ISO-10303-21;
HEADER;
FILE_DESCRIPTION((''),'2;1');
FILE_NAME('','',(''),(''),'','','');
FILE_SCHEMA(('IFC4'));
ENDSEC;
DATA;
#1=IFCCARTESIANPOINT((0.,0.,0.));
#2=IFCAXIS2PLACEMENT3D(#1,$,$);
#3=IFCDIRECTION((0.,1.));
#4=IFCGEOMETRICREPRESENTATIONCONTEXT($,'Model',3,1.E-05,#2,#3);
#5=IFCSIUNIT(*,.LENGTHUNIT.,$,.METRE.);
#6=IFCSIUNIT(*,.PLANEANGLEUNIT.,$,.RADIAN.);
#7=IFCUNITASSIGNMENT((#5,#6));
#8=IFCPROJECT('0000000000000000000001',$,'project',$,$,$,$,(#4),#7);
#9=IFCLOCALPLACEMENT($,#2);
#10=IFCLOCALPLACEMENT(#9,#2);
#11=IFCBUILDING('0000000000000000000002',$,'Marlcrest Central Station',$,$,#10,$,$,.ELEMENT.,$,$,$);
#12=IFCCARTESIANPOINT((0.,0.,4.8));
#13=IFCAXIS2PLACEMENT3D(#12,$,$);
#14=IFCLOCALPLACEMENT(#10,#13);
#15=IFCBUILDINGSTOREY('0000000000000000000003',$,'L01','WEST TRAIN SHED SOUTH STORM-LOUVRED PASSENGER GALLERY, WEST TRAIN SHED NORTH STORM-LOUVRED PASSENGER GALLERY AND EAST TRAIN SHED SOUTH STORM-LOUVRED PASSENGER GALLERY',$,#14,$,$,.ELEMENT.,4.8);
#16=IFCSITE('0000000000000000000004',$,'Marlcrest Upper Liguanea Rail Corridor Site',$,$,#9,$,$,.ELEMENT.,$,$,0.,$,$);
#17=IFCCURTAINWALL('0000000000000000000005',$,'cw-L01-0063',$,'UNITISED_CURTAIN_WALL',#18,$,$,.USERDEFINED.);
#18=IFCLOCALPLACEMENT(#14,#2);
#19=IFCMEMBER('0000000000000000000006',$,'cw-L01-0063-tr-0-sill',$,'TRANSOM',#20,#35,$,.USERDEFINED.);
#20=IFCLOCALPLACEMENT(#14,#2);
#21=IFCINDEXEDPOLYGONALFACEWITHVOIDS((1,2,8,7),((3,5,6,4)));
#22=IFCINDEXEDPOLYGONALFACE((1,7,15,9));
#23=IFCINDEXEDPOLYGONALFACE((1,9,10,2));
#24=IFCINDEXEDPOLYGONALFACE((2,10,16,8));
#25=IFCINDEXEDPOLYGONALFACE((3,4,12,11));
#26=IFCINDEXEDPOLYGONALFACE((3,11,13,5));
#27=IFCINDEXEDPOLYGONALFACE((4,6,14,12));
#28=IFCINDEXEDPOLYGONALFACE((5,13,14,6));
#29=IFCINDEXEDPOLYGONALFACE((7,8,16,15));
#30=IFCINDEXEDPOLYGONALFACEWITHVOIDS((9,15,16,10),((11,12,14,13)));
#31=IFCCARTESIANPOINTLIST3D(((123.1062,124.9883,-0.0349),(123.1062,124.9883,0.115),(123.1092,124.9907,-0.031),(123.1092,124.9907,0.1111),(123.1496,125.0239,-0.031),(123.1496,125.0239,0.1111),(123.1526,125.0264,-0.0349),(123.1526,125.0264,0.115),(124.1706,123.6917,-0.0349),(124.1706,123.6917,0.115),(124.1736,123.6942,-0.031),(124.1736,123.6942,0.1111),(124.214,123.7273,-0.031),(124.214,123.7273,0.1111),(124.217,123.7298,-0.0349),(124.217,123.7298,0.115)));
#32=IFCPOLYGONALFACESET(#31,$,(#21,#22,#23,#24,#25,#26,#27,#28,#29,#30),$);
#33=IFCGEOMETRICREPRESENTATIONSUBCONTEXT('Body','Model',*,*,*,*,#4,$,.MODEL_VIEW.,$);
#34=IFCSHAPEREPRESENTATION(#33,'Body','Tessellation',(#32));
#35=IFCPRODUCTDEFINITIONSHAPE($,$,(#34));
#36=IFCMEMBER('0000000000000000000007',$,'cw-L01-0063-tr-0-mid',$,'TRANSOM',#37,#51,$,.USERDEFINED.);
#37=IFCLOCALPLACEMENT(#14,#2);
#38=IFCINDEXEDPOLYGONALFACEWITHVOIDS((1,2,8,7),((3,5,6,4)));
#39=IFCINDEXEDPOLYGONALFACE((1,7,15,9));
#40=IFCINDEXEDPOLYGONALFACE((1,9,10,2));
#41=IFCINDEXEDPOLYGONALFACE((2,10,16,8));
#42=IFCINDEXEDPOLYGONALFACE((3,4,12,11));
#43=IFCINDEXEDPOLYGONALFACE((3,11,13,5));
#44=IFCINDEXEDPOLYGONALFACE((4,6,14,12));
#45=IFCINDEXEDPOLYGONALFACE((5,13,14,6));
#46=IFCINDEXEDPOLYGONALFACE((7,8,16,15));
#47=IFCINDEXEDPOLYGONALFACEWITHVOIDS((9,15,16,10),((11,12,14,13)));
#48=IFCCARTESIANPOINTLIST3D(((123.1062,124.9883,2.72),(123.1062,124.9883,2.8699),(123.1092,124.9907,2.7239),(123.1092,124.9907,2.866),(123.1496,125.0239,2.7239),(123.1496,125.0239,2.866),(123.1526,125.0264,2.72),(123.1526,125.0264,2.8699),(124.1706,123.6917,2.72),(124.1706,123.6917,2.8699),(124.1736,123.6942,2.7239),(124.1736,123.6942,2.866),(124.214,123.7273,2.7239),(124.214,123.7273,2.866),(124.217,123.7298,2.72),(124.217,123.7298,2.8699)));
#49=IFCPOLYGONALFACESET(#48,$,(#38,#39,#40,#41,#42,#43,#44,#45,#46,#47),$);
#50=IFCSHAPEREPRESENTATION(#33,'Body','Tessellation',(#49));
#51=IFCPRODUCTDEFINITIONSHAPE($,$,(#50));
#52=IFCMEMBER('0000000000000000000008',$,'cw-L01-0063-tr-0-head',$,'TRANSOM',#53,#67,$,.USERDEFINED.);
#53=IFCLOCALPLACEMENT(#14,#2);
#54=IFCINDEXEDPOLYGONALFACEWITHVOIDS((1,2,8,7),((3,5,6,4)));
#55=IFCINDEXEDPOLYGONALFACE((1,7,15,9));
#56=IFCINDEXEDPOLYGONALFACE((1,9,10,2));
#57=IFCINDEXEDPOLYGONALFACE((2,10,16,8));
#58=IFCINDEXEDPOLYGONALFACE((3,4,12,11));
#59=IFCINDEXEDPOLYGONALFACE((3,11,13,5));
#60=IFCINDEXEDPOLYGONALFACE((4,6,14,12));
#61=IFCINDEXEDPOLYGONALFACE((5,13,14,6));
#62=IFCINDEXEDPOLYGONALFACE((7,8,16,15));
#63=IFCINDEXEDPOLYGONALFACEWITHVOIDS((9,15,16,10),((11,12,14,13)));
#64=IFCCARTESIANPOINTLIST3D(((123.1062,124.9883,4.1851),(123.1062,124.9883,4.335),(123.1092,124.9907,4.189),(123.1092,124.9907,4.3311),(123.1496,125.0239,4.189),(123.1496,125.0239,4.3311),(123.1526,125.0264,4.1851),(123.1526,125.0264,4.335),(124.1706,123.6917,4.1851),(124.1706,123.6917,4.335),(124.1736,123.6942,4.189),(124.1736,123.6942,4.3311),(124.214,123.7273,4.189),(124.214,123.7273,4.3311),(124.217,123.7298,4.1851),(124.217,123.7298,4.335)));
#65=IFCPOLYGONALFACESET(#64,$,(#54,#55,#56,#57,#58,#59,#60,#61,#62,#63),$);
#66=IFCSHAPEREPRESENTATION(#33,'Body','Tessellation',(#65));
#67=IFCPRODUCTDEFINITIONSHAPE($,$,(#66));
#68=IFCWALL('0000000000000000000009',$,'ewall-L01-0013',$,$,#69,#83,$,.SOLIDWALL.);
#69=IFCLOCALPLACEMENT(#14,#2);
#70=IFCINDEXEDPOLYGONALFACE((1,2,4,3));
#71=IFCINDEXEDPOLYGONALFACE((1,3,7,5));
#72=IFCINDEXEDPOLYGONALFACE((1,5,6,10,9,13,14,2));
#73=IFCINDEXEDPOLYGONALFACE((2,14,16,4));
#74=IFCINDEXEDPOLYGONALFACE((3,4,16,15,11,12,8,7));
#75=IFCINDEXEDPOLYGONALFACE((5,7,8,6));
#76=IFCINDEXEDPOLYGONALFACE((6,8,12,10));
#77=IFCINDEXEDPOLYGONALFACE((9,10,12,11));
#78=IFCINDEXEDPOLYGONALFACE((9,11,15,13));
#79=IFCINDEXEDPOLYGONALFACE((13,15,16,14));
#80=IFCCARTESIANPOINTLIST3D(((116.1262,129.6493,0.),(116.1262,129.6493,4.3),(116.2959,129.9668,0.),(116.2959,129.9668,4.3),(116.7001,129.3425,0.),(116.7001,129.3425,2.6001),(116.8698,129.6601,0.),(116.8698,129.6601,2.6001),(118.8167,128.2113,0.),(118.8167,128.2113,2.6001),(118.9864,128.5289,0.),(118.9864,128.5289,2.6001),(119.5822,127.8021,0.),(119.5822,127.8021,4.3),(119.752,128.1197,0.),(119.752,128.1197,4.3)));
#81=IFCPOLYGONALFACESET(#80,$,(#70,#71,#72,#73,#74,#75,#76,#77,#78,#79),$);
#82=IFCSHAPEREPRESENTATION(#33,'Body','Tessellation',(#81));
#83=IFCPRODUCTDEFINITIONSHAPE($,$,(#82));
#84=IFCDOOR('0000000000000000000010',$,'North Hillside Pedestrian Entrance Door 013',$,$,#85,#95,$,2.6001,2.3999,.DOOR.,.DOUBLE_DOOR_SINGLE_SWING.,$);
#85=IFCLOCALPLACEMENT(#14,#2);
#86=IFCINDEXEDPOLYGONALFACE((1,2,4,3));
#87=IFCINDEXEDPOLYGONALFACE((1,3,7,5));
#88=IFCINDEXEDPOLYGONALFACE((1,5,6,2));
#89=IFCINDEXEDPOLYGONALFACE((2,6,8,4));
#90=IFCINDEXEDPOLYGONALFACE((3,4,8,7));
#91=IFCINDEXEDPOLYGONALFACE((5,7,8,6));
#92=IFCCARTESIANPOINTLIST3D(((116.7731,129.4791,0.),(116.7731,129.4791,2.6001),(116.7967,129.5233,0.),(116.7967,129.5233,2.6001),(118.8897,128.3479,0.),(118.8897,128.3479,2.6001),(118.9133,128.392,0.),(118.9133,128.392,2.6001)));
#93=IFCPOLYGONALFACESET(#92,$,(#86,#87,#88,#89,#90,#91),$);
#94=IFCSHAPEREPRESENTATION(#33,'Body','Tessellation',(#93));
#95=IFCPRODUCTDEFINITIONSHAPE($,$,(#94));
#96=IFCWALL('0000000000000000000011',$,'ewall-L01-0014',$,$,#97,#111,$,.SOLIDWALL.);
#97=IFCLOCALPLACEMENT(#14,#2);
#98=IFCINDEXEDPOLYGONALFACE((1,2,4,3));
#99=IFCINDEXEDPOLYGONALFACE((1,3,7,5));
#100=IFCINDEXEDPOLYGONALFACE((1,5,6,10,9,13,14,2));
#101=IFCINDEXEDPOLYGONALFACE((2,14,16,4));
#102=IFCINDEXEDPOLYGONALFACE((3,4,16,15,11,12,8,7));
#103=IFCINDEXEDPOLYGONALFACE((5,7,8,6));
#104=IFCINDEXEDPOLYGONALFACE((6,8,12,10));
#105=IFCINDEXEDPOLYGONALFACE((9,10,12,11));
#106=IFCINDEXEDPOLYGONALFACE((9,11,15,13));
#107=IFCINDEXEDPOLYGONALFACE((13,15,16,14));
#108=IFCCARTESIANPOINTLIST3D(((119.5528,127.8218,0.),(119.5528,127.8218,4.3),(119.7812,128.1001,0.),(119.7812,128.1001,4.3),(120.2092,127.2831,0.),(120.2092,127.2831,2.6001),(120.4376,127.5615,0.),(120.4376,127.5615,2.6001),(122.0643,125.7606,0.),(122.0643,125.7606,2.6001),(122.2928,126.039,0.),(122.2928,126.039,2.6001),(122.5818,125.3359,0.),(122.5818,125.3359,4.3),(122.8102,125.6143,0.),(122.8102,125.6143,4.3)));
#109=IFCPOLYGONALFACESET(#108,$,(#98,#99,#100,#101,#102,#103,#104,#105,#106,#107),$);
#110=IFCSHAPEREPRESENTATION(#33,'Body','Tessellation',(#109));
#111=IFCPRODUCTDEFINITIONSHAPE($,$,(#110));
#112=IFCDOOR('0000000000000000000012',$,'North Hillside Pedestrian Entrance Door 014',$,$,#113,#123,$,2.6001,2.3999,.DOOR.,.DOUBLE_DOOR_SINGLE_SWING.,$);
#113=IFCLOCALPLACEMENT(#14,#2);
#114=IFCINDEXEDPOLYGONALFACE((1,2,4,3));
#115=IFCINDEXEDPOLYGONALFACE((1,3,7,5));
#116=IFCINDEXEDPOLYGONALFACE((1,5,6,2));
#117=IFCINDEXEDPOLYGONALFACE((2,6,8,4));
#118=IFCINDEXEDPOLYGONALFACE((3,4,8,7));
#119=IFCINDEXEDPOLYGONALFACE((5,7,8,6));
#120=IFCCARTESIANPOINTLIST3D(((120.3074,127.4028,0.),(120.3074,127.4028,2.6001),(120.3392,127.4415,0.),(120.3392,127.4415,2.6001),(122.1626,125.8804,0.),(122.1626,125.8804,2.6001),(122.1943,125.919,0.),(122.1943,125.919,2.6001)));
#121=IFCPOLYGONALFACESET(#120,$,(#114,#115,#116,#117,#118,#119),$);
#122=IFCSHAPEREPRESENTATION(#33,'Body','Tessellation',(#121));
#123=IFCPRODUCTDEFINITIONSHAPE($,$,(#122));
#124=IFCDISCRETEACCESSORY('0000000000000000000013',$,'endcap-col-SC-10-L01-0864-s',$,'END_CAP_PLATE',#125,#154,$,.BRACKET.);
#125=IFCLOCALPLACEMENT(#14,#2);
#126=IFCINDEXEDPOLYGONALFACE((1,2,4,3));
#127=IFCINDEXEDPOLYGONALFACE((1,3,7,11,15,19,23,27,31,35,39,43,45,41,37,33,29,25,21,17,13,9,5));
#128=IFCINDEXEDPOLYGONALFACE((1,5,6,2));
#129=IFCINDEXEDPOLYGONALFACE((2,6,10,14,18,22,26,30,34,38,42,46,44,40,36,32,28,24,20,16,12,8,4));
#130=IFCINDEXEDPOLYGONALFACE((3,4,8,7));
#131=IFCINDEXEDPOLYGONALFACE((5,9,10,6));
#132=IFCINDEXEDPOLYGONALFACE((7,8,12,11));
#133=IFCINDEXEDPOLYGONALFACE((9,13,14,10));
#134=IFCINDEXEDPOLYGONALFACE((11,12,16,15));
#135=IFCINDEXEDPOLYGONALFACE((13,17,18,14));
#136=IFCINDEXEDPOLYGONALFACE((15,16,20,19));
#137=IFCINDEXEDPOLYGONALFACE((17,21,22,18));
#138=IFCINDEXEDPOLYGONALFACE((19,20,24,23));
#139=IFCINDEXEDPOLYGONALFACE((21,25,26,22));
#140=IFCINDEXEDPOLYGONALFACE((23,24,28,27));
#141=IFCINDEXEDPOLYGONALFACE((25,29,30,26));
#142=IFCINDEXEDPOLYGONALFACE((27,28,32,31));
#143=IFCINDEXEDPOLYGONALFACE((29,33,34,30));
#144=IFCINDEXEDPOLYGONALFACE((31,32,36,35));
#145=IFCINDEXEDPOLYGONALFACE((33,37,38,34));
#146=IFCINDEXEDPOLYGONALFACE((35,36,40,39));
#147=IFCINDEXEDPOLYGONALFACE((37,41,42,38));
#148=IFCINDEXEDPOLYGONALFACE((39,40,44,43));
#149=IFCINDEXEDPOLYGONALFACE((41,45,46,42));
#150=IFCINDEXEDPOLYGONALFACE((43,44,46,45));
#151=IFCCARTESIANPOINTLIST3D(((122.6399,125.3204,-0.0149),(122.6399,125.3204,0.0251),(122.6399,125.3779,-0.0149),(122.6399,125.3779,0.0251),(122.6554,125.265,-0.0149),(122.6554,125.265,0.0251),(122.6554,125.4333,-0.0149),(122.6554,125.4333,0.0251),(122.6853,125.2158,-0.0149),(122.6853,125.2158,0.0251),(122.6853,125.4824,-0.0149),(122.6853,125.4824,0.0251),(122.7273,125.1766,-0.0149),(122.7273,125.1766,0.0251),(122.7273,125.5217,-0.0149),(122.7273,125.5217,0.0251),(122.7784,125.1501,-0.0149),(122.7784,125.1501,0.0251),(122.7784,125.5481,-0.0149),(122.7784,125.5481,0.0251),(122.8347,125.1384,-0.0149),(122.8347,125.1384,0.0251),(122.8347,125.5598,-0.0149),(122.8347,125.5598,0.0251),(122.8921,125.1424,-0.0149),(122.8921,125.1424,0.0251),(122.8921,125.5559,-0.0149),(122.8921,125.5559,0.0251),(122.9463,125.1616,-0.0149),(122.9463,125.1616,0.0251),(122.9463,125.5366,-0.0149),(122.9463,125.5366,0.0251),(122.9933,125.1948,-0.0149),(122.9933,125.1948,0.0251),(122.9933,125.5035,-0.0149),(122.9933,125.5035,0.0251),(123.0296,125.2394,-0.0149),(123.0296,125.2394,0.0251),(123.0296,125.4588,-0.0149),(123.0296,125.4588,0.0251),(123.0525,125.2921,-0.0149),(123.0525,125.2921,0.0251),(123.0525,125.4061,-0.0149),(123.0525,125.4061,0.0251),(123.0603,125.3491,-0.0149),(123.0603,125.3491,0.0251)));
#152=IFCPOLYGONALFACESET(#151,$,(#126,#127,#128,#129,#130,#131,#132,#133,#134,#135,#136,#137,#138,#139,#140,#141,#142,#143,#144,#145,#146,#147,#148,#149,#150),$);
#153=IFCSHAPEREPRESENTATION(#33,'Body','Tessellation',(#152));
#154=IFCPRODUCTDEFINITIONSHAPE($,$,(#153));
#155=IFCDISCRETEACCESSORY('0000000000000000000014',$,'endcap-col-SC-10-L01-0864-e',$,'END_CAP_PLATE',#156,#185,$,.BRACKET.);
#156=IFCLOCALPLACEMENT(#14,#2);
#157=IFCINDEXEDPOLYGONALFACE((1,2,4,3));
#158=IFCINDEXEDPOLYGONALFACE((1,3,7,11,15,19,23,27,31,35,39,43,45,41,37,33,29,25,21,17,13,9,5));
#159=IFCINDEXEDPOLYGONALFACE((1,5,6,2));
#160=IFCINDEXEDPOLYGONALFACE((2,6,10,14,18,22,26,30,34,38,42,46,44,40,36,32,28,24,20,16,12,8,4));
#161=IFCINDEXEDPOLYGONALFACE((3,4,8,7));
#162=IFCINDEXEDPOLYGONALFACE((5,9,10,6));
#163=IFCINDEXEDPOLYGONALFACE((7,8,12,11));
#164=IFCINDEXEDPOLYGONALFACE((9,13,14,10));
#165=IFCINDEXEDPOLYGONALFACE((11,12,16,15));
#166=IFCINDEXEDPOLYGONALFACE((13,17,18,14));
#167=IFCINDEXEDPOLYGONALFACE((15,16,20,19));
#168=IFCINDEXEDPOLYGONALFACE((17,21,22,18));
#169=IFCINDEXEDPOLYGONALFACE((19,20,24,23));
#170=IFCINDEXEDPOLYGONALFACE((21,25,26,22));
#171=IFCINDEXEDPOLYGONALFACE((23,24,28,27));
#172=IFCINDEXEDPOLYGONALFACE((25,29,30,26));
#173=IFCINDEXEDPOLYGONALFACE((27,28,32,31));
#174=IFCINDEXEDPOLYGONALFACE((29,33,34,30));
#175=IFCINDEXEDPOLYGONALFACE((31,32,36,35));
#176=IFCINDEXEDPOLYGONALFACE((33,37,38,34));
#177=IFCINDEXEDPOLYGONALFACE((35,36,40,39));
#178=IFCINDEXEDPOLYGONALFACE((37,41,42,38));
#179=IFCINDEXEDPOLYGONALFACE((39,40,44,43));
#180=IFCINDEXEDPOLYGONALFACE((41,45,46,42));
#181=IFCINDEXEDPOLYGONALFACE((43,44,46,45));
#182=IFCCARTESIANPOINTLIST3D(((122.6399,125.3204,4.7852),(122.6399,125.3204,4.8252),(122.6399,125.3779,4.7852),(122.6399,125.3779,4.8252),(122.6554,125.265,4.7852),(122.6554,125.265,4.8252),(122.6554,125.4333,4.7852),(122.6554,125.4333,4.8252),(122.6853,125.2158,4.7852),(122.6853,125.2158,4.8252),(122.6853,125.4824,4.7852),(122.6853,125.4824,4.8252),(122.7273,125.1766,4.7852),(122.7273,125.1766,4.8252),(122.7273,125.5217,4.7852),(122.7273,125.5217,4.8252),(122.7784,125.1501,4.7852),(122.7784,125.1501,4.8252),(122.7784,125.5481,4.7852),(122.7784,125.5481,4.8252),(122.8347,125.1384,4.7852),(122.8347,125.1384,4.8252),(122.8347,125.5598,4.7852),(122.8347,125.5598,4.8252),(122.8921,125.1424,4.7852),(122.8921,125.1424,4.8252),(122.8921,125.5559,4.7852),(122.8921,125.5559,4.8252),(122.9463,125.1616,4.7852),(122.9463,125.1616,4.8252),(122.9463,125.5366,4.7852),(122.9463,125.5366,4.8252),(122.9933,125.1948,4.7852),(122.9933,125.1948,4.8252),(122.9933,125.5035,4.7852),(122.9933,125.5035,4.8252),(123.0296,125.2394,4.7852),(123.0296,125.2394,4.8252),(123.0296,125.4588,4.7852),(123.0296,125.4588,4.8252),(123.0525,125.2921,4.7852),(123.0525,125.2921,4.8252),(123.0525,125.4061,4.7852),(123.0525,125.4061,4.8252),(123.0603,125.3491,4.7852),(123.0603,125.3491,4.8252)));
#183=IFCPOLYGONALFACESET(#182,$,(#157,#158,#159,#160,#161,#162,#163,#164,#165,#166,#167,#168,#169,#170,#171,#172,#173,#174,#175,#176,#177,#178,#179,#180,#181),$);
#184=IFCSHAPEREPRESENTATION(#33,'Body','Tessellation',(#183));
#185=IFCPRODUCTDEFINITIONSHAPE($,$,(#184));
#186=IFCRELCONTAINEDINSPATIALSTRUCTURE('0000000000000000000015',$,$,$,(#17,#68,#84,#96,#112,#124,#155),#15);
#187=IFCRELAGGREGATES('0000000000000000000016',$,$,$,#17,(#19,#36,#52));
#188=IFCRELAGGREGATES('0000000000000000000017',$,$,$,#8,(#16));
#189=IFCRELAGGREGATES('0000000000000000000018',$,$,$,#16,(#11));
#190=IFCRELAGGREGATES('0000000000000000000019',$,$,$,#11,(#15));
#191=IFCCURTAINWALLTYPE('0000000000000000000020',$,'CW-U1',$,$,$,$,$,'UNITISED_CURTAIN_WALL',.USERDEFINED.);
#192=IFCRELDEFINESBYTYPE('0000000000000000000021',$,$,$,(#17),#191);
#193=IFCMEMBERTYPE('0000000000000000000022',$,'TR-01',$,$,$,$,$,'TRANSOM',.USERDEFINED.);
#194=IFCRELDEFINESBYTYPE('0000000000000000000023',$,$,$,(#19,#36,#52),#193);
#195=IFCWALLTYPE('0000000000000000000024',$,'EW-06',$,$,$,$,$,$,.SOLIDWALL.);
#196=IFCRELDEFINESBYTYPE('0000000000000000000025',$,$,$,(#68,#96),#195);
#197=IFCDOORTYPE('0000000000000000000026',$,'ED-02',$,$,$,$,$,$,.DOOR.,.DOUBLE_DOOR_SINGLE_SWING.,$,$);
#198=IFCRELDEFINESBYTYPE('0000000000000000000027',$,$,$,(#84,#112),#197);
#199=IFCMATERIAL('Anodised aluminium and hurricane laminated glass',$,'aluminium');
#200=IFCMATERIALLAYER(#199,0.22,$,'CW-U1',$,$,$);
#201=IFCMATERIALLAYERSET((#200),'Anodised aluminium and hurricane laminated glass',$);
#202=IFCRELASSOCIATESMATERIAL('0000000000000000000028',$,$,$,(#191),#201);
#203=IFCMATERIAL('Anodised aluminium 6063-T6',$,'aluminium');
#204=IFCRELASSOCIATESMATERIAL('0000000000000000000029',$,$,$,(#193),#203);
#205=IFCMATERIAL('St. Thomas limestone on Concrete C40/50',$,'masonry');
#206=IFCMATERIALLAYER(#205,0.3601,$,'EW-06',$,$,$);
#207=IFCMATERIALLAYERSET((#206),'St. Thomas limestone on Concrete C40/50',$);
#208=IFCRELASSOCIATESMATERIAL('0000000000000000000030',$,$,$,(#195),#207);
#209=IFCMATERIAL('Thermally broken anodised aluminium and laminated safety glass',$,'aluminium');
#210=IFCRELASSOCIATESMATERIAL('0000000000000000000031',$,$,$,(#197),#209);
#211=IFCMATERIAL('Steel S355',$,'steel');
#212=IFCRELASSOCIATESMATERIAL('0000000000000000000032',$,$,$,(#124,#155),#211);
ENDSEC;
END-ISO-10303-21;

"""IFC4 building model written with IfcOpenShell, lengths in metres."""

from ifc_helpers import new_model, si_unit, direction, frame, frame_2d, origin, origin_2d, place, context, subcontext, project, spatial, rectangle, hollow_rectangle, circle, extrude, material, layer, layer_set, material_profile, profile_set, type_object, element, fill, aggregate, save


model = new_model("IFC4")

# Units and contexts
model_context = context("Model", 3, precision=1e-05, world=origin(), true_north=direction((0.0, 1.0)))
body_context = subcontext(model_context, "Body", "Model", "MODEL_VIEW")
ifc_project = project(units=[si_unit("LENGTHUNIT", "METRE"), si_unit("PLANEANGLEUNIT", "RADIAN")], contexts=[model_context])

# Site, building, storey
site_placement = place(None, origin())
site = spatial("IfcSite", under=ifc_project, at=site_placement, Name="Marlcrest Upper Liguanea Rail Corridor Site", CompositionType="ELEMENT", RefElevation=0.0)
building_placement = place(site_placement, origin())
building = spatial("IfcBuilding", under=site, at=building_placement, Name="Marlcrest Central Station", CompositionType="ELEMENT")
storey_placement = place(building_placement, frame((0.0, 0.0, 4.8)))
storey = spatial("IfcBuildingStorey", under=building, at=storey_placement, Name="L01", Description="WEST TRAIN SHED SOUTH STORM-LOUVRED PASSENGER GALLERY, WEST TRAIN SHED NORTH STORM-LOUVRED PASSENGER GALLERY AND EAST TRAIN SHED SOUTH STORM-LOUVRED PASSENGER GALLERY", CompositionType="ELEMENT", Elevation=4.8)

# Shared definitions
ifc_material_1 = material(Name="Steel S355", Category="steel")

# Curtain wall
ifc_material_2 = material(Name="Anodised aluminium and hurricane laminated glass", Category="aluminium")
ifc_layer_1 = layer(ifc_material_2, 0.22, Name="CW-U1")
ifc_layer_set_1 = layer_set([ifc_layer_1], Name="Anodised aluminium and hurricane laminated glass")
curtain_wall_type = type_object("IfcCurtainWallType", Name="CW-U1", ElementType="UNITISED_CURTAIN_WALL", PredefinedType="USERDEFINED", material=ifc_layer_set_1)
curtain_wall_placement = place(storey_placement, origin())
curtain_wall = element("IfcCurtainWall", 1, at=curtain_wall_placement, inside=storey, type_object=curtain_wall_type, Name="cw-L01-0063", ObjectType="UNITISED_CURTAIN_WALL", PredefinedType="USERDEFINED")
ifc_material_3 = material(Name="Anodised aluminium 6063-T6", Category="aluminium")

# Members
ifc_material_profile_1 = material_profile(ifc_material_3, hollow_rectangle(XDim=0.0601, YDim=0.1499, WallThickness=0.0039, at=origin_2d()), Name="AA-RHS 150x60x4")
ifc_profile_set_1 = profile_set([ifc_material_profile_1], Name="Anodised aluminium 6063-T6")
member_type_1 = type_object("IfcMemberType", Name="TR-01", ElementType="TRANSOM", PredefinedType="USERDEFINED", material=ifc_profile_set_1)
member_1_placement = place(storey_placement, frame((123.1294, 125.0073, 0.04), z_axis=(0.634513, -0.772912, 0.0), x_axis=(0.772912, 0.634513, 0.0)))
member_1 = element("IfcMember", 2, at=member_1_placement, type_object=member_type_1, Name="cw-L01-0063-tr-0-sill", ObjectType="TRANSOM", PredefinedType="USERDEFINED", context=body_context, shape_type="SweptSolid", body=[
    extrude(hollow_rectangle(XDim=0.0601, YDim=0.1499, WallThickness=0.0039, at=origin_2d()), origin(), (0.0, 0.0, 1.0), 1.6775),
])
member_2_placement = place(storey_placement, frame((123.1294, 125.0073, 2.7949), z_axis=(0.634513, -0.772912, 0.0), x_axis=(0.772912, 0.634513, 0.0)))
member_2 = element("IfcMember", 3, at=member_2_placement, type_object=member_type_1, Name="cw-L01-0063-tr-0-mid", ObjectType="TRANSOM", PredefinedType="USERDEFINED", context=body_context, shape_type="SweptSolid", body=[
    extrude(hollow_rectangle(XDim=0.0601, YDim=0.1499, WallThickness=0.0039, at=origin_2d()), origin(), (0.0, 0.0, 1.0), 1.6775),
])
member_3_placement = place(storey_placement, frame((123.1294, 125.0073, 4.26), z_axis=(0.634513, -0.772912, 0.0), x_axis=(0.772912, 0.634513, 0.0)))
member_3 = element("IfcMember", 4, at=member_3_placement, type_object=member_type_1, Name="cw-L01-0063-tr-0-head", ObjectType="TRANSOM", PredefinedType="USERDEFINED", context=body_context, shape_type="SweptSolid", body=[
    extrude(hollow_rectangle(XDim=0.0601, YDim=0.1499, WallThickness=0.0039, at=origin_2d()), origin(), (0.0, 0.0, 1.0), 1.6775),
])
aggregate(curtain_wall, [member_1, member_2, member_3])

# Walls, openings, doors
ifc_material_4 = material(Name="St. Thomas limestone on Concrete C40/50", Category="masonry")
ifc_layer_2 = layer(ifc_material_4, 0.3601, Name="EW-06")
ifc_layer_set_2 = layer_set([ifc_layer_2], Name="St. Thomas limestone on Concrete C40/50")
wall_type = type_object("IfcWallType", Name="EW-06", PredefinedType="SOLIDWALL", material=ifc_layer_set_2)
wall_1_placement = place(storey_placement, frame((116.2109, 129.8081, 0.0), z_axis=(0.0, 0.0, 1.0), x_axis=(0.881935, -0.471371, 0.0)))
wall_1 = element("IfcWall", 5, at=wall_1_placement, inside=storey, type_object=wall_type, Name="ewall-L01-0013", PredefinedType="SOLIDWALL", context=body_context, shape_type="SweptSolid", body=[
    extrude(rectangle(XDim=3.9187, YDim=0.3601, at=frame_2d((1.9595, 0.0))), origin(), (0.0, 0.0, 1.0), 4.3),
])
opening_1_placement = place(wall_1_placement, frame((0.6509, 0.0, 0.0)))
opening_1 = element("IfcOpeningElement", 6, at=opening_1_placement, cuts=wall_1, PredefinedType="OPENING", context=body_context, shape_type="SweptSolid", body=[
    extrude(rectangle(XDim=2.3999, YDim=2.6001, at=frame_2d((1.2, 1.3))), frame((0.0, 0.1899, 0.0), z_axis=(0.0, -1.0, 0.0), x_axis=(1.0, 0.0, 0.0)), (0.0, 0.0, 1.0), 0.3801),
])
ifc_material_5 = material(Name="Thermally broken anodised aluminium and laminated safety glass", Category="aluminium")
door_type = type_object("IfcDoorType", Name="ED-02", OperationType="DOUBLE_DOOR_SINGLE_SWING", PredefinedType="DOOR", material=ifc_material_5)
door_1_placement = place(opening_1_placement, origin())
door_1 = element("IfcDoor", 7, at=door_1_placement, inside=storey, type_object=door_type, Name="North Hillside Pedestrian Entrance Door 013", OperationType="DOUBLE_DOOR_SINGLE_SWING", OverallHeight=2.6001, OverallWidth=2.3999, PredefinedType="DOOR", context=body_context, shape_type="SweptSolid", body=[
    extrude(rectangle(XDim=2.3999, YDim=2.6001, at=frame_2d((1.2, 1.3))), frame((0.0, 0.0249, 0.0), z_axis=(0.0, -1.0, 0.0), x_axis=(1.0, 0.0, 0.0)), (0.0, 0.0, 1.0), 0.05),
])
fill(opening_1, door_1)
wall_2_placement = place(storey_placement, frame((119.667, 127.9609, 0.0), z_axis=(0.0, 0.0, 1.0), x_axis=(0.773015, -0.634387, 0.0)))
wall_2 = element("IfcWall", 8, at=wall_2_placement, inside=storey, type_object=wall_type, Name="ewall-L01-0014", PredefinedType="SOLIDWALL", context=body_context, shape_type="SweptSolid", body=[
    extrude(rectangle(XDim=3.9185, YDim=0.3601, at=frame_2d((1.9592, 0.0))), origin(), (0.0, 0.0, 1.0), 4.3),
])
opening_2_placement = place(wall_2_placement, frame((0.8491, 0.0, 0.0)))
opening_2 = element("IfcOpeningElement", 9, at=opening_2_placement, cuts=wall_2, PredefinedType="OPENING", context=body_context, shape_type="SweptSolid", body=[
    extrude(rectangle(XDim=2.3999, YDim=2.6001, at=frame_2d((1.2, 1.3))), frame((0.0, 0.1899, 0.0), z_axis=(0.0, -1.0, 0.0), x_axis=(1.0, 0.0, 0.0)), (0.0, 0.0, 1.0), 0.3801),
])
door_2_placement = place(opening_2_placement, origin())
door_2 = element("IfcDoor", 10, at=door_2_placement, inside=storey, type_object=door_type, Name="North Hillside Pedestrian Entrance Door 014", OperationType="DOUBLE_DOOR_SINGLE_SWING", OverallHeight=2.6001, OverallWidth=2.3999, PredefinedType="DOOR", context=body_context, shape_type="SweptSolid", body=[
    extrude(rectangle(XDim=2.3999, YDim=2.6001, at=frame_2d((1.2, 1.3))), frame((0.0, 0.0249, 0.0), z_axis=(0.0, -1.0, 0.0), x_axis=(1.0, 0.0, 0.0)), (0.0, 0.0, 1.0), 0.05),
])
fill(opening_2, door_2)

# Discrete accessories
for number, where, z_axis, x_axis, name in (
    (11, (122.8491, 125.3491, -0.0149), (0.0, 0.0, 1.0), (1.0, 0.0, 0.0), "endcap-col-SC-10-L01-0864-s"),
    (12, (122.8491, 125.3491, 4.7852), (0.0, 0.0, 1.0), (1.0, 0.0, 0.0), "endcap-col-SC-10-L01-0864-e"),
):
    element("IfcDiscreteAccessory", number, at=place(storey_placement, frame(where, z_axis=z_axis, x_axis=x_axis)), inside=storey, material=ifc_material_1, Name=name, ObjectType="END_CAP_PLATE", PredefinedType="BRACKET", context=body_context, shape_type="SweptSolid", body=[
        extrude(circle(Radius=0.2112, at=origin_2d()), origin(), (0.0, 0.0, 1.0), 0.04),
    ])

save(model, "model.ifc")
